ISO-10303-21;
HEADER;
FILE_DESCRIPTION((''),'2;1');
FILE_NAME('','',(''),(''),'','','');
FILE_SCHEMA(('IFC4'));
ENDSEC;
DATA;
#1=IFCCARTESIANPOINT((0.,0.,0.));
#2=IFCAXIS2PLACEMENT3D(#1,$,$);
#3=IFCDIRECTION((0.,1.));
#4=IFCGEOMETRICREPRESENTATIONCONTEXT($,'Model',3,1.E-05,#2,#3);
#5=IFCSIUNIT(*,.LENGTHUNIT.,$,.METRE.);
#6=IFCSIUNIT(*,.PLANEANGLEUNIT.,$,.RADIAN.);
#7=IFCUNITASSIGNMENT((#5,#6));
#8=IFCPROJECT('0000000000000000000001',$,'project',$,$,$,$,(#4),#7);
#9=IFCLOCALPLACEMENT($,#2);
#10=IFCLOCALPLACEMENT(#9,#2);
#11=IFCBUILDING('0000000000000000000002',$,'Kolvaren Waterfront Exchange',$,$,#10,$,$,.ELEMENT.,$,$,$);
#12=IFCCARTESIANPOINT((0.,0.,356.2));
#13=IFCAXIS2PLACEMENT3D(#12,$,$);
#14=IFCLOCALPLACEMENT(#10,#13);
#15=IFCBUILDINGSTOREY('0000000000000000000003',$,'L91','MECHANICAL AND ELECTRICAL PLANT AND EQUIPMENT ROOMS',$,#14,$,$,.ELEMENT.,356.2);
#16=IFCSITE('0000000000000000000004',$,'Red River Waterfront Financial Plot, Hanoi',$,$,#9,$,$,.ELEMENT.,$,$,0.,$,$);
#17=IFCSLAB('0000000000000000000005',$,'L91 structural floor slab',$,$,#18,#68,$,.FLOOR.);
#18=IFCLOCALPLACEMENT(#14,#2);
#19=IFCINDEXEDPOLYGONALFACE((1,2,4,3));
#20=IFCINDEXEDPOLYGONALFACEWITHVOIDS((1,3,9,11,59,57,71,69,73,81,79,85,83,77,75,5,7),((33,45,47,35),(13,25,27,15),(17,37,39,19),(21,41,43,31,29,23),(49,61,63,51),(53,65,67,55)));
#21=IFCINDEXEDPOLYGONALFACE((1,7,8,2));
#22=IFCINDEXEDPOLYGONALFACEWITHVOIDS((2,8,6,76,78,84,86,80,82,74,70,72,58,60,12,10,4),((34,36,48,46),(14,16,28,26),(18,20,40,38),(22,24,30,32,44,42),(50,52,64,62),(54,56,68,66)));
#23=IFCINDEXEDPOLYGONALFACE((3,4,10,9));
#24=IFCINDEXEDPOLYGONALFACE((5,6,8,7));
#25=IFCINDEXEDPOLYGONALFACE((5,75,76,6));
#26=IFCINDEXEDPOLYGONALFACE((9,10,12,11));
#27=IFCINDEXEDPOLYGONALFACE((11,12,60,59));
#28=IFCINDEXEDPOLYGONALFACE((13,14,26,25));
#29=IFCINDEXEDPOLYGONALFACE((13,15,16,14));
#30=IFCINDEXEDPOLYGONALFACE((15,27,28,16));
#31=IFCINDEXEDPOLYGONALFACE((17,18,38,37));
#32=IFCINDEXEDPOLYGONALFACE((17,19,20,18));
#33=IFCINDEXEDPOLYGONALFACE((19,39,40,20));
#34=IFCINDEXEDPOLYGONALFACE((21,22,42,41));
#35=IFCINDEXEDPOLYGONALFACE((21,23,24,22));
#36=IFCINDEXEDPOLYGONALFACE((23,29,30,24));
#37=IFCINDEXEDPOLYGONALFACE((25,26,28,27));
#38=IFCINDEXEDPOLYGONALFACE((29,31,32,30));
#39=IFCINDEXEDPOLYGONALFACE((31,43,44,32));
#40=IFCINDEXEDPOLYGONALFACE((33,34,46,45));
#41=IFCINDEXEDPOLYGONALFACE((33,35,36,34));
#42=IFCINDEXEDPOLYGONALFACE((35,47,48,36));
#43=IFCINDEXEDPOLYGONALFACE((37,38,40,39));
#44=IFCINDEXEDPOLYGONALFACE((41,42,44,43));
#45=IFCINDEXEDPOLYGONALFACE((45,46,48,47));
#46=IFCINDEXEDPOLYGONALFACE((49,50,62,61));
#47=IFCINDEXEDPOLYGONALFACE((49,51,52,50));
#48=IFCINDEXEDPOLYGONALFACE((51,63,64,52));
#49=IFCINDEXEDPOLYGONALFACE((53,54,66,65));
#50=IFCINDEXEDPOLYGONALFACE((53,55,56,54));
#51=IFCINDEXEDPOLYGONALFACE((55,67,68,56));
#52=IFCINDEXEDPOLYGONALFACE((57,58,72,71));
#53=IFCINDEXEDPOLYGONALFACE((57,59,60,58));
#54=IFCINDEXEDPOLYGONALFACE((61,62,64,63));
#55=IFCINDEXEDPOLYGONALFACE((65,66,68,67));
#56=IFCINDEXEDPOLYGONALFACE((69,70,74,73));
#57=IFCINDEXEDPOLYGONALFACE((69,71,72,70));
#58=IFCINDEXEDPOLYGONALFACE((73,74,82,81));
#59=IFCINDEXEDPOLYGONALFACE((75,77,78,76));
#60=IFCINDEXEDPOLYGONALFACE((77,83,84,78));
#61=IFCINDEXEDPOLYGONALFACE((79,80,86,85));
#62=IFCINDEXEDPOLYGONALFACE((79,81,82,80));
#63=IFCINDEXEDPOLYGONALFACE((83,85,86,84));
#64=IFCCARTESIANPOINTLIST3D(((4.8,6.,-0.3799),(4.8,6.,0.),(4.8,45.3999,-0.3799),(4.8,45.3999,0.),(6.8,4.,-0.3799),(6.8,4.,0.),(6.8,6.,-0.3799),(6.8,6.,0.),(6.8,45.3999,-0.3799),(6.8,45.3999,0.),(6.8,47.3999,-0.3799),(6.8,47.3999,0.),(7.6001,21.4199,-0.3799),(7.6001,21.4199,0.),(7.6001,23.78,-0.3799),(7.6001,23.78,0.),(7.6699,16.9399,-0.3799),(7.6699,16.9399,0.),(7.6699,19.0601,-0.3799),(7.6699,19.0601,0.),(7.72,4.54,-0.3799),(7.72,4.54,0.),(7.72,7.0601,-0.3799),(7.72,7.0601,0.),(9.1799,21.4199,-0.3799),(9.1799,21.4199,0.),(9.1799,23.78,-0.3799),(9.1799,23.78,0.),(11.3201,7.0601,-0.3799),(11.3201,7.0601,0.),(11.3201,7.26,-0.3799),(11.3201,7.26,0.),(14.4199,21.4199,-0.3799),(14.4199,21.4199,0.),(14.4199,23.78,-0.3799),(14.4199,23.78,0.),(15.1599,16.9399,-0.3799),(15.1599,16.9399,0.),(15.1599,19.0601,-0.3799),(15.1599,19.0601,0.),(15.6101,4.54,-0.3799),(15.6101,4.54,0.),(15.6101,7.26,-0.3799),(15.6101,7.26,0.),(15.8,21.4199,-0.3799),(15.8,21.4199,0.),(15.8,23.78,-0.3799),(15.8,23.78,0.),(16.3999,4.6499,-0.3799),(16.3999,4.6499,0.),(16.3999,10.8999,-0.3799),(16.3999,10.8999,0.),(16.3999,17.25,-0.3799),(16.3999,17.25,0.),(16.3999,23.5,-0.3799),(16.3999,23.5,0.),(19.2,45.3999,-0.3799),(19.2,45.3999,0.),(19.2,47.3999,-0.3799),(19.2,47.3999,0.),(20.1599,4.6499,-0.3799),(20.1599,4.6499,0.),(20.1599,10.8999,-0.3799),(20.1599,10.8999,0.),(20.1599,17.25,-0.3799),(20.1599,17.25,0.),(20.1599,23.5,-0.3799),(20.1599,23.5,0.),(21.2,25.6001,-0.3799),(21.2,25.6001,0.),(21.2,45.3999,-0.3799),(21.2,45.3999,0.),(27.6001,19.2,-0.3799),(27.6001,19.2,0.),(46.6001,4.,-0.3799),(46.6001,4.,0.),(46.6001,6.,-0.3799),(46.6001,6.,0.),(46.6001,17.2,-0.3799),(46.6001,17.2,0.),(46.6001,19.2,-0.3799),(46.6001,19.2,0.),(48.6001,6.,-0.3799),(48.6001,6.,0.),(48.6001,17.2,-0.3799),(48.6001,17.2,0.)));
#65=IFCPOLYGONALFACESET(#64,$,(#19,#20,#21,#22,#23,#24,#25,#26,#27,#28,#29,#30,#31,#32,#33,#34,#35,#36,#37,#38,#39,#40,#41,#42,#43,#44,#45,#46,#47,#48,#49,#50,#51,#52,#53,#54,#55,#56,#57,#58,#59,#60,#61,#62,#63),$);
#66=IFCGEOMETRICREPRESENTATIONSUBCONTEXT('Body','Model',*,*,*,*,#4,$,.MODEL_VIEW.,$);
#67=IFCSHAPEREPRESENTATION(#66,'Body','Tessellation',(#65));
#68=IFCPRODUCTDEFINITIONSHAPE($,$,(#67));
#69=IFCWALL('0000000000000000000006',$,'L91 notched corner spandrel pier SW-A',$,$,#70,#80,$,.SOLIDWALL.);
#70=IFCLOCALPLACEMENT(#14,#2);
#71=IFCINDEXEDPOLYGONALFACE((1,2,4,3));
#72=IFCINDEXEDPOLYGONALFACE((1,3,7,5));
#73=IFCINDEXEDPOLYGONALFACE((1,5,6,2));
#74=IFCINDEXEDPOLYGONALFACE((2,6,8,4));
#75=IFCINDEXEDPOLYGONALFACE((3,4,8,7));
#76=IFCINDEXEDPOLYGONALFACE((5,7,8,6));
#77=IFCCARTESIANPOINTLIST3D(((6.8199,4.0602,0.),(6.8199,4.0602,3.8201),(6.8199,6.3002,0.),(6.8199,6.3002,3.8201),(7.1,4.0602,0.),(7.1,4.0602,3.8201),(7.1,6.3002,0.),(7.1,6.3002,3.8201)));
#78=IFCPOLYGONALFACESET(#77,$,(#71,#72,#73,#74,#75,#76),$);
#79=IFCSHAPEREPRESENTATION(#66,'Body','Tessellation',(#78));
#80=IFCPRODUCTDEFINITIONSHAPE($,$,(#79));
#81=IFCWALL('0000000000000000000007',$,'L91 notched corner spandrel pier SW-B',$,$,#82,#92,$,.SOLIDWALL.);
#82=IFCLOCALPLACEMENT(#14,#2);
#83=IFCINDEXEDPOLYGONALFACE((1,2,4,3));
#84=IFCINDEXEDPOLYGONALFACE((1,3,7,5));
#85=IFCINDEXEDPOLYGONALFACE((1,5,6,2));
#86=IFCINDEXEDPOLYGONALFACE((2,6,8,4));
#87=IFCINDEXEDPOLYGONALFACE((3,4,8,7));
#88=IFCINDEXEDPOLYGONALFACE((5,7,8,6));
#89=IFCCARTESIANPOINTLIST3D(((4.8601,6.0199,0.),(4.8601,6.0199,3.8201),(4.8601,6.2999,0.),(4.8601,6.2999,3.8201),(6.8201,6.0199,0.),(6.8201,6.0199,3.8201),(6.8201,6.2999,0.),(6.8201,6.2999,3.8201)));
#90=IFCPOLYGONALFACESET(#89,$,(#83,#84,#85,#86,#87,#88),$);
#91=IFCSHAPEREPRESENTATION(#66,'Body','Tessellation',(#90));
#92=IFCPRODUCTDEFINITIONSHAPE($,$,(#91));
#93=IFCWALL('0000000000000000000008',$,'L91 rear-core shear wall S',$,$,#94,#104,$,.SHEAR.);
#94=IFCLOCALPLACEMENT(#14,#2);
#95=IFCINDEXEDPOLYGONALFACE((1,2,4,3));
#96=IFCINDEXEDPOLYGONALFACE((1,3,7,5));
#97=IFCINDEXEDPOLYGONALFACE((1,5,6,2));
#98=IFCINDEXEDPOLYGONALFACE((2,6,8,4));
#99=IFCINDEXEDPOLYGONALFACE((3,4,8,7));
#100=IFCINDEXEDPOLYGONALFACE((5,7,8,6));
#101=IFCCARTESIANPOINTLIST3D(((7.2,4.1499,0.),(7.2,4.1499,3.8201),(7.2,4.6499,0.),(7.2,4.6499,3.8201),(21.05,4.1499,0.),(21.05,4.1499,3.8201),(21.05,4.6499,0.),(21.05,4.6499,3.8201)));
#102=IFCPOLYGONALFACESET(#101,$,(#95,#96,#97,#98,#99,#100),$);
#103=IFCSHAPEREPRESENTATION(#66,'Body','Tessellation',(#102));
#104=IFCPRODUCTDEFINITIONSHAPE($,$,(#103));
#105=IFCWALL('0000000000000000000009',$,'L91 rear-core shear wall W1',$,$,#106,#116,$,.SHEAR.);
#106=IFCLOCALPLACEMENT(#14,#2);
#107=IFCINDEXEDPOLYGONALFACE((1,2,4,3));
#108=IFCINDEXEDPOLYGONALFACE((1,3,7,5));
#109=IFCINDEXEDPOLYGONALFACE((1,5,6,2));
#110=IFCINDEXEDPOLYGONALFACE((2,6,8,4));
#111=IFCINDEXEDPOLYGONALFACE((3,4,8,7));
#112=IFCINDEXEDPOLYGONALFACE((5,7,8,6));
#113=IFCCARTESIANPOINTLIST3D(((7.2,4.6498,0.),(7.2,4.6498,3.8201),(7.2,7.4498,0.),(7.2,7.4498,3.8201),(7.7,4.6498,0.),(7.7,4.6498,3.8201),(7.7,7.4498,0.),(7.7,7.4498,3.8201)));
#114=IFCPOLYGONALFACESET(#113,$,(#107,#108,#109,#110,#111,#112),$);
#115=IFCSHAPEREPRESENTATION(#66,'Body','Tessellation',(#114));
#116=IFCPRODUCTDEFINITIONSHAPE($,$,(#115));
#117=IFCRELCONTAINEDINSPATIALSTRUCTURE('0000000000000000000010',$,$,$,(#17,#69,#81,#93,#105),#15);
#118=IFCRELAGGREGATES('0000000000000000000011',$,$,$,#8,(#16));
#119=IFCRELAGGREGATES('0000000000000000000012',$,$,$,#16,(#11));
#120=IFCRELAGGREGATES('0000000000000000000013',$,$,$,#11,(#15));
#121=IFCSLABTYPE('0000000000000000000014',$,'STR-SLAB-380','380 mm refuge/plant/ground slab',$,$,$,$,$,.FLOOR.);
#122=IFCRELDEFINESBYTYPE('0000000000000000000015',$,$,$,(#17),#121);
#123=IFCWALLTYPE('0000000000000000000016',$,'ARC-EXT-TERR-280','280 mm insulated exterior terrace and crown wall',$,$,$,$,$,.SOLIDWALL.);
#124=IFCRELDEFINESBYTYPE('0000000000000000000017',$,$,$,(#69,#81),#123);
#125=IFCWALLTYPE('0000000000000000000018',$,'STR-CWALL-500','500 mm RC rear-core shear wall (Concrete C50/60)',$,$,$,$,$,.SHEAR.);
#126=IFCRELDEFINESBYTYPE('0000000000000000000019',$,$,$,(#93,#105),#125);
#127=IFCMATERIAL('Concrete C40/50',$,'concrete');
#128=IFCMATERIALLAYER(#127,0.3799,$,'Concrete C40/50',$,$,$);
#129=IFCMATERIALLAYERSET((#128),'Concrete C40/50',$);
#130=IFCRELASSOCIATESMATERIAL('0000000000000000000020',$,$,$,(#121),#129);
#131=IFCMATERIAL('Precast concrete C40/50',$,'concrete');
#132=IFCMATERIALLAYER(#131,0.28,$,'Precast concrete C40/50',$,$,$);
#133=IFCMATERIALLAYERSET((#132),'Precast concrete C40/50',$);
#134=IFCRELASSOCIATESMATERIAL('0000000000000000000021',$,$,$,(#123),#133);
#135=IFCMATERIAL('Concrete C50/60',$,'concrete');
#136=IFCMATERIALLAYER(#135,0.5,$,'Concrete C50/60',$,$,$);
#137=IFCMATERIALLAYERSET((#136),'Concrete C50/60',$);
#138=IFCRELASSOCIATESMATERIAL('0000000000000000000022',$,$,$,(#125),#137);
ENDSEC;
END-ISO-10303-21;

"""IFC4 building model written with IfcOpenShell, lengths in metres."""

from ifc_helpers import new_model, si_unit, direction, frame, frame_2d, origin, place, context, subcontext, project, spatial, polyline, rectangle, outline, extrude, material, layer, layer_set, type_object, element, save


model = new_model("IFC4")

# Units and contexts
model_context = context("Model", 3, precision=1e-05, world=origin(), true_north=direction((0.0, 1.0)))
body_context = subcontext(model_context, "Body", "Model", "MODEL_VIEW")
ifc_project = project(units=[si_unit("LENGTHUNIT", "METRE"), si_unit("PLANEANGLEUNIT", "RADIAN")], contexts=[model_context])

# Site, building, storey
site_placement = place(None, origin())
site = spatial("IfcSite", under=ifc_project, at=site_placement, Name="Red River Waterfront Financial Plot, Hanoi", CompositionType="ELEMENT", RefElevation=0.0)
building_placement = place(site_placement, origin())
building = spatial("IfcBuilding", under=site, at=building_placement, Name="Kolvaren Waterfront Exchange", CompositionType="ELEMENT")
storey_placement = place(building_placement, frame((0.0, 0.0, 356.2)))
storey = spatial("IfcBuildingStorey", under=building, at=storey_placement, Name="L91", Description="MECHANICAL AND ELECTRICAL PLANT AND EQUIPMENT ROOMS", CompositionType="ELEMENT", Elevation=356.2)

# Shared definitions
ifc_material_1 = material(Name="Concrete C50/60", Category="concrete")

# Shared definitions
ifc_material_2 = material(Name="Concrete C40/50", Category="concrete")

# Slab
ifc_layer_1 = layer(ifc_material_2, 0.3799, Name="Concrete C40/50")
ifc_layer_set_1 = layer_set([ifc_layer_1], Name="Concrete C40/50")
slab_type_1 = type_object("IfcSlabType", Name="STR-SLAB-380", Description="380 mm refuge/plant/ground slab", PredefinedType="FLOOR", material=ifc_layer_set_1)
slab_1_placement = place(storey_placement, frame((0.0, 0.0, -0.3799)))
element("IfcSlab", 1, at=slab_1_placement, inside=storey, type_object=slab_type_1, Name="L91 structural floor slab", PredefinedType="FLOOR", context=body_context, shape_type="SweptSolid", body=[
    extrude(outline(polyline([(6.8, 4.0), (46.6001, 4.0), (46.6001, 6.0), (48.6001, 6.0), (48.6001, 17.2), (46.6001, 17.2), (46.6001, 19.2), (27.6001, 19.2), (21.2, 25.6001), (21.2, 45.3999), (19.2, 45.3999), (19.2, 47.3999), (6.8, 47.3999), (6.8, 45.3999), (4.8, 45.3999), (4.8, 6.0), (6.8, 6.0), (6.8, 4.0)]), holes=[polyline([(11.3201, 7.26), (15.6101, 7.26), (15.6101, 4.54), (7.72, 4.54), (7.72, 7.0601), (11.3201, 7.0601), (11.3201, 7.26)]), polyline([(20.1599, 10.8999), (20.1599, 4.6499), (16.3999, 4.6499), (16.3999, 10.8999), (20.1599, 10.8999)]), polyline([(7.6699, 19.0601), (15.1599, 19.0601), (15.1599, 16.9399), (7.6699, 16.9399), (7.6699, 19.0601)]), polyline([(16.3999, 17.25), (16.3999, 23.5), (20.1599, 23.5), (20.1599, 17.25), (16.3999, 17.25)]), polyline([(7.6001, 23.78), (9.1799, 23.78), (9.1799, 21.4199), (7.6001, 21.4199), (7.6001, 23.78)]), polyline([(14.4199, 23.78), (15.8, 23.78), (15.8, 21.4199), (14.4199, 21.4199), (14.4199, 23.78)])]), origin(), (0.0, 0.0, 1.0), 0.3799),
])

# Walls
ifc_material_3 = material(Name="Precast concrete C40/50", Category="concrete")
ifc_layer_2 = layer(ifc_material_3, 0.28, Name="Precast concrete C40/50")
ifc_layer_set_2 = layer_set([ifc_layer_2], Name="Precast concrete C40/50")
wall_type_1 = type_object("IfcWallType", Name="ARC-EXT-TERR-280", Description="280 mm insulated exterior terrace and crown wall", PredefinedType="SOLIDWALL", material=ifc_layer_set_2)
wall_1_placement = place(storey_placement, frame((6.96, 4.0601, 0.0), z_axis=(0.0, 0.0, 1.0), x_axis=(0.0, 1.0, 0.0)))
element("IfcWall", 2, at=wall_1_placement, inside=storey, type_object=wall_type_1, Name="L91 notched corner spandrel pier SW-A", PredefinedType="SOLIDWALL", context=body_context, shape_type="SweptSolid", body=[
    extrude(rectangle(XDim=2.24, YDim=0.28, at=frame_2d((1.1201, 0.0))), origin(), (0.0, 0.0, 1.0), 3.8201),
])
wall_2_placement = place(storey_placement, frame((4.8601, 6.1599, 0.0), z_axis=(0.0, 0.0, 1.0), x_axis=(1.0, 0.0, 0.0)))
element("IfcWall", 3, at=wall_2_placement, inside=storey, type_object=wall_type_1, Name="L91 notched corner spandrel pier SW-B", PredefinedType="SOLIDWALL", context=body_context, shape_type="SweptSolid", body=[
    extrude(rectangle(XDim=1.96, YDim=0.28, at=frame_2d((0.98, 0.0))), origin(), (0.0, 0.0, 1.0), 3.8201),
])
ifc_layer_3 = layer(ifc_material_1, 0.5, Name="Concrete C50/60")
ifc_layer_set_3 = layer_set([ifc_layer_3], Name="Concrete C50/60")
wall_type_2 = type_object("IfcWallType", Name="STR-CWALL-500", Description="500 mm RC rear-core shear wall (Concrete C50/60)", PredefinedType="SHEAR", material=ifc_layer_set_3)
wall_3_placement = place(storey_placement, frame((7.2, 4.3999, 0.0), z_axis=(0.0, 0.0, 1.0), x_axis=(1.0, 0.0, 0.0)))
element("IfcWall", 4, at=wall_3_placement, inside=storey, type_object=wall_type_2, Name="L91 rear-core shear wall S", PredefinedType="SHEAR", context=body_context, shape_type="SweptSolid", body=[
    extrude(rectangle(XDim=13.8501, YDim=0.5, at=frame_2d((6.925, 0.0))), origin(), (0.0, 0.0, 1.0), 3.8201),
])
wall_4_placement = place(storey_placement, frame((7.45, 4.6499, 0.0), z_axis=(0.0, 0.0, 1.0), x_axis=(0.0, 1.0, 0.0)))
element("IfcWall", 5, at=wall_4_placement, inside=storey, type_object=wall_type_2, Name="L91 rear-core shear wall W1", PredefinedType="SHEAR", context=body_context, shape_type="SweptSolid", body=[
    extrude(rectangle(XDim=2.8, YDim=0.5, at=frame_2d((1.3999, 0.0))), origin(), (0.0, 0.0, 1.0), 3.8201),
])

save(model, "model.ifc")
